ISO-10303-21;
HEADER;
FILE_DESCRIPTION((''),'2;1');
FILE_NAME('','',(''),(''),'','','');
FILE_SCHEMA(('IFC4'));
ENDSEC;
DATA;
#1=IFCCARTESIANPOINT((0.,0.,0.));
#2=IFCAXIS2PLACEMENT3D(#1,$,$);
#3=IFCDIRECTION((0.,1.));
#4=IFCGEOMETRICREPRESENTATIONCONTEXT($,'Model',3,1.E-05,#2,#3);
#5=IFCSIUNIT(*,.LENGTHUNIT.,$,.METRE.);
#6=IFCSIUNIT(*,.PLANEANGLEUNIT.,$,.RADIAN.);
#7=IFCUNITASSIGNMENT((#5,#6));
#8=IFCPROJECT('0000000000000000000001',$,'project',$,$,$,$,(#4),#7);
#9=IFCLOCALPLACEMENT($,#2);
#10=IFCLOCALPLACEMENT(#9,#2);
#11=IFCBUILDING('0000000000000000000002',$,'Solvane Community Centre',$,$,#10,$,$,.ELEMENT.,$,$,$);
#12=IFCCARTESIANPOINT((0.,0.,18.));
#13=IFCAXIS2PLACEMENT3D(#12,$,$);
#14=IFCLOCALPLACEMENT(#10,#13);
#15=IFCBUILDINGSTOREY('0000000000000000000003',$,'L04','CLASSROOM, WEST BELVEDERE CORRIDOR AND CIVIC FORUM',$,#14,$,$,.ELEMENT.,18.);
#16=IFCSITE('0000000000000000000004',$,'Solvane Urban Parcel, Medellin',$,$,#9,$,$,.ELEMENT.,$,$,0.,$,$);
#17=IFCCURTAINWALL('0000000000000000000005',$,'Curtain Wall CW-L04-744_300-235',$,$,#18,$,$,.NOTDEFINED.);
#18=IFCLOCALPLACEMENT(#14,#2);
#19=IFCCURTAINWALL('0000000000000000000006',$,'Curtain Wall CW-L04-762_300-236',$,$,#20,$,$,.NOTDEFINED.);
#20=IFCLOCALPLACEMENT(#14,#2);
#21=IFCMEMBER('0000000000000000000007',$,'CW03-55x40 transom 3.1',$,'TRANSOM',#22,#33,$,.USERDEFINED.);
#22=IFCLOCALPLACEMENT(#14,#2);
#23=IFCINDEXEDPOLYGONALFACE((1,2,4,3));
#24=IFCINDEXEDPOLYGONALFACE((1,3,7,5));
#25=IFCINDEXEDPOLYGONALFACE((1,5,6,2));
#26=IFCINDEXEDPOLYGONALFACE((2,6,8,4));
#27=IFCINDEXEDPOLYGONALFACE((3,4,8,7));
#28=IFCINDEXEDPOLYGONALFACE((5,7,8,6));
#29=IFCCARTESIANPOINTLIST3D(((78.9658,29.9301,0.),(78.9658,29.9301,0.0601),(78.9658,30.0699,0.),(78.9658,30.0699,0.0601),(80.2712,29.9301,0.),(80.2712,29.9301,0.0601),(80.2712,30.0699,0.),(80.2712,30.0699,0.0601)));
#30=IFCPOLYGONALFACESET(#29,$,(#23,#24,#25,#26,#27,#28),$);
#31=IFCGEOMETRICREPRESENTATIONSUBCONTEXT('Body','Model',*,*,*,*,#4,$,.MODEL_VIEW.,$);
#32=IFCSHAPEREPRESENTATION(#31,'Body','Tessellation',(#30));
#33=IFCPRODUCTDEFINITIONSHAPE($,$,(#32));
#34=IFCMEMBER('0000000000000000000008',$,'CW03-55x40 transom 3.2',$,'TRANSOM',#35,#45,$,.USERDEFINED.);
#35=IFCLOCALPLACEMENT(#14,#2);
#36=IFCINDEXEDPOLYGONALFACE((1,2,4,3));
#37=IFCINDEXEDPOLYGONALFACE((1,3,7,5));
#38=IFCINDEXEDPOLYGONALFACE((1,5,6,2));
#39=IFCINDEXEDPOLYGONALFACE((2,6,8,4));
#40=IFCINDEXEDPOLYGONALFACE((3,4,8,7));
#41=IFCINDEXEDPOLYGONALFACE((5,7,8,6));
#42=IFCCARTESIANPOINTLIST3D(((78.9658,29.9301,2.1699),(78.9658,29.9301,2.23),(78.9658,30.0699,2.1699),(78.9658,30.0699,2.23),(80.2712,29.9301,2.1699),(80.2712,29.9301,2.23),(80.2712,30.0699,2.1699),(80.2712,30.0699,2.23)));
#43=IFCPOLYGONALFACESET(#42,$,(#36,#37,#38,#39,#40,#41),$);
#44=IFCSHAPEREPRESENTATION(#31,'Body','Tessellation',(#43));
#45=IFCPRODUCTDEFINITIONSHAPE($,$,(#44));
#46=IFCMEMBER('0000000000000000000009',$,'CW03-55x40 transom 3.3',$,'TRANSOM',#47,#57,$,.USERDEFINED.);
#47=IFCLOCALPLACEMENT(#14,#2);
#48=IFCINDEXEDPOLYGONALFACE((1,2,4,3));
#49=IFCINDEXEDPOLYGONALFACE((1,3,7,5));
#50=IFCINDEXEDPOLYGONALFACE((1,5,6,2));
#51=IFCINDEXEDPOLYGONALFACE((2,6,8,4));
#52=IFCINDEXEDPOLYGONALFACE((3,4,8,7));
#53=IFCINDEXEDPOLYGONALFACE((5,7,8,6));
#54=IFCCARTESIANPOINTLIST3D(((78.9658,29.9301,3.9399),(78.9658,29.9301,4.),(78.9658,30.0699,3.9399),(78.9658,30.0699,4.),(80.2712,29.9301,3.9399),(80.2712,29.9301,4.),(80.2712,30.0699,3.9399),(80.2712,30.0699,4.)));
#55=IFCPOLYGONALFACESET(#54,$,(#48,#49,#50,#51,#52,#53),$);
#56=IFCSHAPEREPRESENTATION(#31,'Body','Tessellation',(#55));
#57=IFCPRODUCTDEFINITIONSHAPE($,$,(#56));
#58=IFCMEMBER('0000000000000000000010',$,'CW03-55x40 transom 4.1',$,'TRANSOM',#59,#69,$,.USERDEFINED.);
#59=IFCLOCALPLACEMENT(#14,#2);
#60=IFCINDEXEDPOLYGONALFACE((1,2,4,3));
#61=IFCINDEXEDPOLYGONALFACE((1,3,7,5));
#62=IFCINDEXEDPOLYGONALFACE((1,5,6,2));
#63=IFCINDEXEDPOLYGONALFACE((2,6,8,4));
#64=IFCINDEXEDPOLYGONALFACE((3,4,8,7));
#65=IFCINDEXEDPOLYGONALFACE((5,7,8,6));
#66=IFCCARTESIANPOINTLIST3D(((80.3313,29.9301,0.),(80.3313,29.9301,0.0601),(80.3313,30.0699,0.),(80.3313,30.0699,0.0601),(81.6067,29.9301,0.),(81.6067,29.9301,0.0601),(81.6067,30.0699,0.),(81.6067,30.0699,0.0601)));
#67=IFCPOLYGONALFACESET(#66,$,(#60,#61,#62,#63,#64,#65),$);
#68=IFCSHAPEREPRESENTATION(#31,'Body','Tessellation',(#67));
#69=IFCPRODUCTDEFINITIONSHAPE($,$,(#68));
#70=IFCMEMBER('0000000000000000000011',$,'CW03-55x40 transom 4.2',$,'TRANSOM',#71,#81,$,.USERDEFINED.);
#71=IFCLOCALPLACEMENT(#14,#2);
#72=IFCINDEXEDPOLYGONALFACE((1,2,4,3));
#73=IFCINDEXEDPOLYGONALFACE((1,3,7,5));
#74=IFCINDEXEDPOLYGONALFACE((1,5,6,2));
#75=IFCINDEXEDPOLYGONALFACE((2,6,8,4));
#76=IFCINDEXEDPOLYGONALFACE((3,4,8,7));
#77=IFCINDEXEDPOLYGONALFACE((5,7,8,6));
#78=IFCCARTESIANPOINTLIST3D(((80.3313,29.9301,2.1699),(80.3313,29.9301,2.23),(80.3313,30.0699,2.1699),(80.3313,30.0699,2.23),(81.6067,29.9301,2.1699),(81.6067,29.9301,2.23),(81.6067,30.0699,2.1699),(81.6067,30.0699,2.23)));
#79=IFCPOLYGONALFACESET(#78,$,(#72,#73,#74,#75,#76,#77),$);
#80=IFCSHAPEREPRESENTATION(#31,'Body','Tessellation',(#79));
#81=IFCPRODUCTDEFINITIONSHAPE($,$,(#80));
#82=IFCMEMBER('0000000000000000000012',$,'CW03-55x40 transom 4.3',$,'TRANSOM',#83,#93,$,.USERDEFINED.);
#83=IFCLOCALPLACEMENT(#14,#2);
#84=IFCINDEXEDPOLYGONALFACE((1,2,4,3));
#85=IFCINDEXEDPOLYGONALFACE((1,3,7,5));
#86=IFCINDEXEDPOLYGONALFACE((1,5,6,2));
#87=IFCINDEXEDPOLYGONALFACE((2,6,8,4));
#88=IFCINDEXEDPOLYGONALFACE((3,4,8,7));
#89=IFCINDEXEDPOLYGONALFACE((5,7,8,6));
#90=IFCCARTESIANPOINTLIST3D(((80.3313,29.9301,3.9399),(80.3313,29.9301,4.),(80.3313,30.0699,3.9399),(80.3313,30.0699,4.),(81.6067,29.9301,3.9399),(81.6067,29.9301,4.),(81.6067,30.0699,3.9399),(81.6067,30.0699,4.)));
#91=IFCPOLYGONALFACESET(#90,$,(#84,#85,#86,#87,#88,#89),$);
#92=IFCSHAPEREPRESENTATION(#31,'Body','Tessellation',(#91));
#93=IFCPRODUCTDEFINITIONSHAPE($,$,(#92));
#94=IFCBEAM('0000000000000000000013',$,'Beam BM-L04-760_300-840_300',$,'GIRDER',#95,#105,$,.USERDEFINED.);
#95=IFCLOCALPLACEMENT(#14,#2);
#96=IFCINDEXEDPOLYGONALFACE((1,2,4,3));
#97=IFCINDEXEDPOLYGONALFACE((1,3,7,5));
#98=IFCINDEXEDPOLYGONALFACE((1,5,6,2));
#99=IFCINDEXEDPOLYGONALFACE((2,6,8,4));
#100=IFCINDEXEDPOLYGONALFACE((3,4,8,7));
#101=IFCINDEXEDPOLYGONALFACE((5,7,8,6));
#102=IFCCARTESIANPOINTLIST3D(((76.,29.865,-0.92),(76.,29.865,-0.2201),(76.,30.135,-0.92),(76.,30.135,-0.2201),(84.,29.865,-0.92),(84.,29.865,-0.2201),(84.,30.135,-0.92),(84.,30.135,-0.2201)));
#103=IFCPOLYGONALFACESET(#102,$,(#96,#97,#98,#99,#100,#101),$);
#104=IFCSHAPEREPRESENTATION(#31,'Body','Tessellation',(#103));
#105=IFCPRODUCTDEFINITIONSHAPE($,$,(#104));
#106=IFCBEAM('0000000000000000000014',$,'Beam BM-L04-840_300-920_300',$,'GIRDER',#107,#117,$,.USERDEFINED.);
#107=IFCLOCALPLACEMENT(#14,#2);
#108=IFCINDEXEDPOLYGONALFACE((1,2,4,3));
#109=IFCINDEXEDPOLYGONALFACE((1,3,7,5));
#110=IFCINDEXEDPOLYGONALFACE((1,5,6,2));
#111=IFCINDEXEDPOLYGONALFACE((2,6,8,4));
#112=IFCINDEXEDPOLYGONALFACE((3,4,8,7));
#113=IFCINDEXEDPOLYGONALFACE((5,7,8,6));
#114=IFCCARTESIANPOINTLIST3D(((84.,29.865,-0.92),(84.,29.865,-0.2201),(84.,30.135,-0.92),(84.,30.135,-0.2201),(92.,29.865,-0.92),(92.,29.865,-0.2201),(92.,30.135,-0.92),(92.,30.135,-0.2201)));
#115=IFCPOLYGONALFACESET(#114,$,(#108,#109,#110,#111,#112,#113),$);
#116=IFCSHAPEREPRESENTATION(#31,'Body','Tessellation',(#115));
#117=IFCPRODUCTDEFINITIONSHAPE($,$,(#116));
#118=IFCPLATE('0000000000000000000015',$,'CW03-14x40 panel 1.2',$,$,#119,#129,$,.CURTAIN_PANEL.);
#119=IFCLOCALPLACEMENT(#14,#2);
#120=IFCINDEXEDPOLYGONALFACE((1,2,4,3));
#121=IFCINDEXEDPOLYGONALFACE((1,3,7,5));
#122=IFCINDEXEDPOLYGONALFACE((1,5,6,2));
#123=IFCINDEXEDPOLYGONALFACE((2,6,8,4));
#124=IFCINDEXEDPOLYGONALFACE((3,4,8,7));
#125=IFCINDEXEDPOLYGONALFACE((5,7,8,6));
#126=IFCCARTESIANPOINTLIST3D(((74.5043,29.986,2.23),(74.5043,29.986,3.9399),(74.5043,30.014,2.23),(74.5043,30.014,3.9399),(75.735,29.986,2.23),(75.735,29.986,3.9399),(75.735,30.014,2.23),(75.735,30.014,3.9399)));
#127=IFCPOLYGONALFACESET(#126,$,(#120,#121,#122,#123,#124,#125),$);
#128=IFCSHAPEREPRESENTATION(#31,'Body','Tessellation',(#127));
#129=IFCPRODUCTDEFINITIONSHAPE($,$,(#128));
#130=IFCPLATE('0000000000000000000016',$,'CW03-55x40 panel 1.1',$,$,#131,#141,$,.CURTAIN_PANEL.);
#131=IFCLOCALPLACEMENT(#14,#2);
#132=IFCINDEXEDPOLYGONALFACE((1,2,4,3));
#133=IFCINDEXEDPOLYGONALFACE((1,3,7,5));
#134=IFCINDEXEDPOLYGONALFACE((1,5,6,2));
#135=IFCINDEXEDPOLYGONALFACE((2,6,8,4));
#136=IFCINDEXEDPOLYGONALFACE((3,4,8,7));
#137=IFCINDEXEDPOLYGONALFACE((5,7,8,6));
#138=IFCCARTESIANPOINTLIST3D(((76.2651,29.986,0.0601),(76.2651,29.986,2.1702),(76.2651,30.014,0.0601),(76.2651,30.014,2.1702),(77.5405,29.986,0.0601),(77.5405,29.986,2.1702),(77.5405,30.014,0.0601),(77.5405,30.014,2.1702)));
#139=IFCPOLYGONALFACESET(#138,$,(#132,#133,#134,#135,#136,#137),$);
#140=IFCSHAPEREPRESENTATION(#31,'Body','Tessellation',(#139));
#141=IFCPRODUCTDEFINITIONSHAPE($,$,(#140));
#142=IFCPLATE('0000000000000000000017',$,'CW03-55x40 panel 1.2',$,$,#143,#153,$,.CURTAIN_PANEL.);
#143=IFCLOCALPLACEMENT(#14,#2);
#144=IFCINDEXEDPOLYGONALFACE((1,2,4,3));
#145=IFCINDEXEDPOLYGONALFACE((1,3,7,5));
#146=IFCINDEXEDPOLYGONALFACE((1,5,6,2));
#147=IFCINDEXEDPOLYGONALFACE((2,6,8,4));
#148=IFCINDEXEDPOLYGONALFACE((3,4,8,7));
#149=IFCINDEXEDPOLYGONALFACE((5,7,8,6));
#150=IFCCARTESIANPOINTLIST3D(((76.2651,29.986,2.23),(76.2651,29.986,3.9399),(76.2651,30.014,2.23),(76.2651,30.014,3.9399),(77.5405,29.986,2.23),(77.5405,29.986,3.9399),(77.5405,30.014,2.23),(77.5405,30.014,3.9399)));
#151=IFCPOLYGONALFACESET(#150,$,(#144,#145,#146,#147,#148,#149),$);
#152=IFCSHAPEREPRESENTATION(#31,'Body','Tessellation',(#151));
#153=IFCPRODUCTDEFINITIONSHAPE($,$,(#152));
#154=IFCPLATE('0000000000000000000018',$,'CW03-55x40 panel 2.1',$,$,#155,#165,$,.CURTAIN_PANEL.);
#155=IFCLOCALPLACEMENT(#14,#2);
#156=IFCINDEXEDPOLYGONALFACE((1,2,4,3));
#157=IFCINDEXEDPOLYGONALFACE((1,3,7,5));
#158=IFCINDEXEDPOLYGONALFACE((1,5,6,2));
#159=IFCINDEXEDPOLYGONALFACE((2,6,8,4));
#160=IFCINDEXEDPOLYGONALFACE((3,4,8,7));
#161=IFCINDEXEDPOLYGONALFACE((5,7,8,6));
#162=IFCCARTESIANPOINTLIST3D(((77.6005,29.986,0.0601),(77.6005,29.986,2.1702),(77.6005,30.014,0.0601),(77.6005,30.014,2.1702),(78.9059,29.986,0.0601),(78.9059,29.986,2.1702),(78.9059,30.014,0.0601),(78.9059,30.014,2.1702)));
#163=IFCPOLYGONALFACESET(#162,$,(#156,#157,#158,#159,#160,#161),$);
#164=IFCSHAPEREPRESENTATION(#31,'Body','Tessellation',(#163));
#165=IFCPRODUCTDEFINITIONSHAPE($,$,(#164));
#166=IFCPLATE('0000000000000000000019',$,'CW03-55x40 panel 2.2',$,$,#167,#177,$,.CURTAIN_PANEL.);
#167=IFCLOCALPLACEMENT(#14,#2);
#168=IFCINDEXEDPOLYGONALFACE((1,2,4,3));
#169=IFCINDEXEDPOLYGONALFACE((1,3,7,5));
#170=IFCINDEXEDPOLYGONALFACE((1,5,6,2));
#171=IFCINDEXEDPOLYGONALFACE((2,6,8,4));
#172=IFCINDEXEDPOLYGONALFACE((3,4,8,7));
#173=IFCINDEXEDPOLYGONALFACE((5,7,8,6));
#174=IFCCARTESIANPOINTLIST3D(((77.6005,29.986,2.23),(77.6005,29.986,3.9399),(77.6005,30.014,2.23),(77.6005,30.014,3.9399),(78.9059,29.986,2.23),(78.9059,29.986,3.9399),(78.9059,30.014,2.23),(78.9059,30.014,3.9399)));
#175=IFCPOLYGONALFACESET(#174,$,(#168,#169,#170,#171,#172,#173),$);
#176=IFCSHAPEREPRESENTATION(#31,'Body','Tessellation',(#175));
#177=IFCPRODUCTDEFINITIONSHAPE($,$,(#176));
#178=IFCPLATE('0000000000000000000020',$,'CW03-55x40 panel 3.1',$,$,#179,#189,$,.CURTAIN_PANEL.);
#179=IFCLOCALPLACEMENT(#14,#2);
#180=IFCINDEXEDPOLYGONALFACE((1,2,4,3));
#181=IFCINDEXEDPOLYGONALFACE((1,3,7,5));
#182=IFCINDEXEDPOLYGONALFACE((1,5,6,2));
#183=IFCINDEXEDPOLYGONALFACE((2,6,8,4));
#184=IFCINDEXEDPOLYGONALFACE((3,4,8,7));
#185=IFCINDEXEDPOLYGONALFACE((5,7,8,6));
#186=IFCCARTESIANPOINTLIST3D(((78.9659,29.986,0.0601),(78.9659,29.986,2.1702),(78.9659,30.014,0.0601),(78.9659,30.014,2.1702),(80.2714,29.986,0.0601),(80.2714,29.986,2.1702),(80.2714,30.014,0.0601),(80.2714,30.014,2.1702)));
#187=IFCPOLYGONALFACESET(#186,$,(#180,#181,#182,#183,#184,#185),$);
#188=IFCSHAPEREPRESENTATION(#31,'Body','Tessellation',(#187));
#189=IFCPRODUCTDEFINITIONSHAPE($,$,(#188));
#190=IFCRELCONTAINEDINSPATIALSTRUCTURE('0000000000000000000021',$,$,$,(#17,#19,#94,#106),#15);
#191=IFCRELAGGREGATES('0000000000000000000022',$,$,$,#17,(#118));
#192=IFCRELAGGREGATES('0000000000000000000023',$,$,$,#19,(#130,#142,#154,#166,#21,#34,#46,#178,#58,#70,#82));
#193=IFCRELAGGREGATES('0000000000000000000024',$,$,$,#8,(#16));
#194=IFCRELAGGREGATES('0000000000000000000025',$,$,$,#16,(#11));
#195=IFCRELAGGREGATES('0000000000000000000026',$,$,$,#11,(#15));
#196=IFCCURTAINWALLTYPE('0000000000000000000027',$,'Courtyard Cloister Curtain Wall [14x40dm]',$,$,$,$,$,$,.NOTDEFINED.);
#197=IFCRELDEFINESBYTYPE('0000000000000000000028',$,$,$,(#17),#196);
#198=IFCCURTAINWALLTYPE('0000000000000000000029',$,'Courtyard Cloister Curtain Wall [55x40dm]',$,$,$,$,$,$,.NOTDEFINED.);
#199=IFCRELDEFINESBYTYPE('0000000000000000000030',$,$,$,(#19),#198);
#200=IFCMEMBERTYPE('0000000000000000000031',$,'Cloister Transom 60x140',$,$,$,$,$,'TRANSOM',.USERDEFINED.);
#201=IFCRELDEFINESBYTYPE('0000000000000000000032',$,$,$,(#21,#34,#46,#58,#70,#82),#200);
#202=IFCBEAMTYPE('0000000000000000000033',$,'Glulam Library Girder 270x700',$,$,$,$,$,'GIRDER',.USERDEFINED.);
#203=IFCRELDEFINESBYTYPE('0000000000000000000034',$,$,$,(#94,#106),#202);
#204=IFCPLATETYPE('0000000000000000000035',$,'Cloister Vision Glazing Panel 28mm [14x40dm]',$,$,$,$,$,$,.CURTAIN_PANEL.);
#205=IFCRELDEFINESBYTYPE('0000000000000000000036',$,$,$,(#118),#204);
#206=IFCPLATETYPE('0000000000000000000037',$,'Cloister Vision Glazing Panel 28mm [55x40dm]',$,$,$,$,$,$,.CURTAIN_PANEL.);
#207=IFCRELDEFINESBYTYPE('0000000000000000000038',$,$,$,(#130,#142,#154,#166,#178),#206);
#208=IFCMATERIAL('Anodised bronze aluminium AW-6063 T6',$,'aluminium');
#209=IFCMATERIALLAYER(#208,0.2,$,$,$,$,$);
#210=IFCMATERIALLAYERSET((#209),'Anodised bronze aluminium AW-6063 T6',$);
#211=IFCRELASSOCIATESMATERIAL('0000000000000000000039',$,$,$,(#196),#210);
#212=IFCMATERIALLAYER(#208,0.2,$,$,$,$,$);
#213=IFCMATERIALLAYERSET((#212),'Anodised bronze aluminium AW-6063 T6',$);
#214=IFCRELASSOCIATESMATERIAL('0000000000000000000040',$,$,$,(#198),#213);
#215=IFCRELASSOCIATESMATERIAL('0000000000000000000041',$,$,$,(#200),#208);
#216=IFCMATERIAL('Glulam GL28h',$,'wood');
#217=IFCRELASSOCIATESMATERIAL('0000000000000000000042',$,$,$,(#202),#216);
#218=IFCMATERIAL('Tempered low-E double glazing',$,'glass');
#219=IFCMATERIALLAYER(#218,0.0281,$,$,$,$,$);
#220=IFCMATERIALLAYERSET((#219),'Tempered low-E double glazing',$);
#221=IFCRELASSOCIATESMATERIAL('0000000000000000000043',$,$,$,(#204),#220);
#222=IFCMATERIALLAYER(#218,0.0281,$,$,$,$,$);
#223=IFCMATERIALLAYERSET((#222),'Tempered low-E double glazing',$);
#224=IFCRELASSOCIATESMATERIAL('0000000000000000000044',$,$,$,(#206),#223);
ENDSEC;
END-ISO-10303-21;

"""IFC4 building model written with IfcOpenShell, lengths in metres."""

from ifc_helpers import new_model, si_unit, direction, frame, origin, origin_2d, place, context, subcontext, project, spatial, rectangle, extrude, material, layer, layer_set, material_profile, profile_set, type_object, element, aggregate, save


model = new_model("IFC4")

# Units and contexts
model_context = context("Model", 3, precision=1e-05, world=origin(), true_north=direction((0.0, 1.0)))
body_context = subcontext(model_context, "Body", "Model", "MODEL_VIEW")
ifc_project = project(units=[si_unit("LENGTHUNIT", "METRE"), si_unit("PLANEANGLEUNIT", "RADIAN")], contexts=[model_context])

# Site, building, storey
site_placement = place(None, origin())
site = spatial("IfcSite", under=ifc_project, at=site_placement, Name="Solvane Urban Parcel, Medellin", CompositionType="ELEMENT", RefElevation=0.0)
building_placement = place(site_placement, origin())
building = spatial("IfcBuilding", under=site, at=building_placement, Name="Solvane Community Centre", CompositionType="ELEMENT")
storey_placement = place(building_placement, frame((0.0, 0.0, 18.0)))
storey = spatial("IfcBuildingStorey", under=building, at=storey_placement, Name="L04", Description="CLASSROOM, WEST BELVEDERE CORRIDOR AND CIVIC FORUM", CompositionType="ELEMENT", Elevation=18.0)

# Curtain wall
ifc_material_1 = material(Name="Anodised bronze aluminium AW-6063 T6", Category="aluminium")
ifc_layer_1 = layer(ifc_material_1, 0.2)
ifc_layer_set_1 = layer_set([ifc_layer_1], Name="Anodised bronze aluminium AW-6063 T6")
curtain_wall_type_1 = type_object("IfcCurtainWallType", Name="Courtyard Cloister Curtain Wall [14x40dm]", PredefinedType="NOTDEFINED", material=ifc_layer_set_1)
curtain_wall_1_placement = place(storey_placement, origin())
curtain_wall_1 = element("IfcCurtainWall", 1, at=curtain_wall_1_placement, inside=storey, type_object=curtain_wall_type_1, Name="Curtain Wall CW-L04-744_300-235", PredefinedType="NOTDEFINED")

# Curtain wall, members
ifc_layer_2 = layer(ifc_material_1, 0.2)
ifc_layer_set_2 = layer_set([ifc_layer_2], Name="Anodised bronze aluminium AW-6063 T6")
curtain_wall_type_2 = type_object("IfcCurtainWallType", Name="Courtyard Cloister Curtain Wall [55x40dm]", PredefinedType="NOTDEFINED", material=ifc_layer_set_2)
curtain_wall_2_placement = place(storey_placement, origin())
curtain_wall_2 = element("IfcCurtainWall", 2, at=curtain_wall_2_placement, inside=storey, type_object=curtain_wall_type_2, Name="Curtain Wall CW-L04-762_300-236", PredefinedType="NOTDEFINED")
ifc_material_profile_1 = material_profile(ifc_material_1, rectangle(XDim=0.1399, YDim=0.0601, at=origin_2d()), Name="CW-T 60x140")
ifc_profile_set_1 = profile_set([ifc_material_profile_1], Name="Anodised bronze aluminium AW-6063 T6")
member_type_1 = type_object("IfcMemberType", Name="Cloister Transom 60x140", ElementType="TRANSOM", PredefinedType="USERDEFINED", material=ifc_profile_set_1)
member_1_placement = place(storey_placement, frame((78.9658, 30.0, 0.03), z_axis=(1.0, 0.0, 0.0), x_axis=(0.0, 1.0, 0.0)))
member_1 = element("IfcMember", 3, at=member_1_placement, type_object=member_type_1, Name="CW03-55x40 transom 3.1", ObjectType="TRANSOM", PredefinedType="USERDEFINED", context=body_context, shape_type="SweptSolid", body=[
    extrude(rectangle(XDim=0.1399, YDim=0.0601, at=origin_2d()), origin(), (0.0, 0.0, 1.0), 1.3054),
])
member_2_placement = place(storey_placement, frame((78.9658, 30.0, 2.2), z_axis=(1.0, 0.0, 0.0), x_axis=(0.0, 1.0, 0.0)))
member_2 = element("IfcMember", 4, at=member_2_placement, type_object=member_type_1, Name="CW03-55x40 transom 3.2", ObjectType="TRANSOM", PredefinedType="USERDEFINED", context=body_context, shape_type="SweptSolid", body=[
    extrude(rectangle(XDim=0.1399, YDim=0.0601, at=origin_2d()), origin(), (0.0, 0.0, 1.0), 1.3054),
])
member_3_placement = place(storey_placement, frame((78.9658, 30.0, 3.97), z_axis=(1.0, 0.0, 0.0), x_axis=(0.0, 1.0, 0.0)))
member_3 = element("IfcMember", 5, at=member_3_placement, type_object=member_type_1, Name="CW03-55x40 transom 3.3", ObjectType="TRANSOM", PredefinedType="USERDEFINED", context=body_context, shape_type="SweptSolid", body=[
    extrude(rectangle(XDim=0.1399, YDim=0.0601, at=origin_2d()), origin(), (0.0, 0.0, 1.0), 1.3054),
])
member_4_placement = place(storey_placement, frame((80.3313, 30.0, 0.03), z_axis=(1.0, 0.0, 0.0), x_axis=(0.0, 1.0, 0.0)))
member_4 = element("IfcMember", 6, at=member_4_placement, type_object=member_type_1, Name="CW03-55x40 transom 4.1", ObjectType="TRANSOM", PredefinedType="USERDEFINED", context=body_context, shape_type="SweptSolid", body=[
    extrude(rectangle(XDim=0.1399, YDim=0.0601, at=origin_2d()), origin(), (0.0, 0.0, 1.0), 1.2754),
])
member_5_placement = place(storey_placement, frame((80.3313, 30.0, 2.2), z_axis=(1.0, 0.0, 0.0), x_axis=(0.0, 1.0, 0.0)))
member_5 = element("IfcMember", 7, at=member_5_placement, type_object=member_type_1, Name="CW03-55x40 transom 4.2", ObjectType="TRANSOM", PredefinedType="USERDEFINED", context=body_context, shape_type="SweptSolid", body=[
    extrude(rectangle(XDim=0.1399, YDim=0.0601, at=origin_2d()), origin(), (0.0, 0.0, 1.0), 1.2754),
])
member_6_placement = place(storey_placement, frame((80.3313, 30.0, 3.97), z_axis=(1.0, 0.0, 0.0), x_axis=(0.0, 1.0, 0.0)))
member_6 = element("IfcMember", 8, at=member_6_placement, type_object=member_type_1, Name="CW03-55x40 transom 4.3", ObjectType="TRANSOM", PredefinedType="USERDEFINED", context=body_context, shape_type="SweptSolid", body=[
    extrude(rectangle(XDim=0.1399, YDim=0.0601, at=origin_2d()), origin(), (0.0, 0.0, 1.0), 1.2754),
])

# Beams
ifc_material_2 = material(Name="Glulam GL28h", Category="wood")
ifc_material_profile_2 = material_profile(ifc_material_2, rectangle(XDim=0.27, YDim=0.7, at=origin_2d()), Name="GL28h 270x700")
ifc_profile_set_2 = profile_set([ifc_material_profile_2], Name="Glulam GL28h")
beam_type = type_object("IfcBeamType", Name="Glulam Library Girder 270x700", ElementType="GIRDER", PredefinedType="USERDEFINED", material=ifc_profile_set_2)
for number, where, z_axis, x_axis, name in (
    (9, (76.0, 30.0, -0.5701), (1.0, 0.0, 0.0), (0.0, 1.0, 0.0), "Beam BM-L04-760_300-840_300"),
    (10, (84.0, 30.0, -0.5701), (1.0, 0.0, 0.0), (0.0, 1.0, 0.0), "Beam BM-L04-840_300-920_300"),
):
    element("IfcBeam", number, at=place(storey_placement, frame(where, z_axis=z_axis, x_axis=x_axis)), inside=storey, type_object=beam_type, Name=name, ObjectType="GIRDER", PredefinedType="USERDEFINED", context=body_context, shape_type="SweptSolid", body=[
        extrude(rectangle(XDim=0.27, YDim=0.7, at=origin_2d()), origin(), (0.0, 0.0, 1.0), 8.0),
    ])

# Plates
ifc_material_3 = material(Name="Tempered low-E double glazing", Category="glass")
ifc_layer_3 = layer(ifc_material_3, 0.0281)
ifc_layer_set_3 = layer_set([ifc_layer_3], Name="Tempered low-E double glazing")
plate_type_1 = type_object("IfcPlateType", Name="Cloister Vision Glazing Panel 28mm [14x40dm]", PredefinedType="CURTAIN_PANEL", material=ifc_layer_set_3)
plate_1_placement = place(storey_placement, frame((75.1196, 30.0, 2.23), z_axis=(0.0, 0.0, 1.0), x_axis=(1.0, 0.0, 0.0)))
plate_1 = element("IfcPlate", 11, at=plate_1_placement, type_object=plate_type_1, Name="CW03-14x40 panel 1.2", PredefinedType="CURTAIN_PANEL", context=body_context, shape_type="SweptSolid", body=[
    extrude(rectangle(XDim=1.2307, YDim=0.0281, at=origin_2d()), origin(), (0.0, 0.0, 1.0), 1.71),
])
aggregate(curtain_wall_1, [plate_1])
ifc_layer_4 = layer(ifc_material_3, 0.0281)
ifc_layer_set_4 = layer_set([ifc_layer_4], Name="Tempered low-E double glazing")
plate_type_2 = type_object("IfcPlateType", Name="Cloister Vision Glazing Panel 28mm [55x40dm]", PredefinedType="CURTAIN_PANEL", material=ifc_layer_set_4)
plate_2_placement = place(storey_placement, frame((76.9028, 30.0, 0.0601), z_axis=(0.0, 0.0, 1.0), x_axis=(1.0, 0.0, 0.0)))
plate_2 = element("IfcPlate", 12, at=plate_2_placement, type_object=plate_type_2, Name="CW03-55x40 panel 1.1", PredefinedType="CURTAIN_PANEL", context=body_context, shape_type="SweptSolid", body=[
    extrude(rectangle(XDim=1.2754, YDim=0.0281, at=origin_2d()), origin(), (0.0, 0.0, 1.0), 2.1101),
])
plate_3_placement = place(storey_placement, frame((76.9028, 30.0, 2.23), z_axis=(0.0, 0.0, 1.0), x_axis=(1.0, 0.0, 0.0)))
plate_3 = element("IfcPlate", 13, at=plate_3_placement, type_object=plate_type_2, Name="CW03-55x40 panel 1.2", PredefinedType="CURTAIN_PANEL", context=body_context, shape_type="SweptSolid", body=[
    extrude(rectangle(XDim=1.2754, YDim=0.0281, at=origin_2d()), origin(), (0.0, 0.0, 1.0), 1.71),
])
plate_4_placement = place(storey_placement, frame((78.2532, 30.0, 0.0601), z_axis=(0.0, 0.0, 1.0), x_axis=(1.0, 0.0, 0.0)))
plate_4 = element("IfcPlate", 14, at=plate_4_placement, type_object=plate_type_2, Name="CW03-55x40 panel 2.1", PredefinedType="CURTAIN_PANEL", context=body_context, shape_type="SweptSolid", body=[
    extrude(rectangle(XDim=1.3054, YDim=0.0281, at=origin_2d()), origin(), (0.0, 0.0, 1.0), 2.1101),
])
plate_5_placement = place(storey_placement, frame((78.2532, 30.0, 2.23), z_axis=(0.0, 0.0, 1.0), x_axis=(1.0, 0.0, 0.0)))
plate_5 = element("IfcPlate", 15, at=plate_5_placement, type_object=plate_type_2, Name="CW03-55x40 panel 2.2", PredefinedType="CURTAIN_PANEL", context=body_context, shape_type="SweptSolid", body=[
    extrude(rectangle(XDim=1.3054, YDim=0.0281, at=origin_2d()), origin(), (0.0, 0.0, 1.0), 1.71),
])
plate_6_placement = place(storey_placement, frame((79.6187, 30.0, 0.0601), z_axis=(0.0, 0.0, 1.0), x_axis=(1.0, 0.0, 0.0)))
plate_6 = element("IfcPlate", 16, at=plate_6_placement, type_object=plate_type_2, Name="CW03-55x40 panel 3.1", PredefinedType="CURTAIN_PANEL", context=body_context, shape_type="SweptSolid", body=[
    extrude(rectangle(XDim=1.3054, YDim=0.0281, at=origin_2d()), origin(), (0.0, 0.0, 1.0), 2.1101),
])
aggregate(curtain_wall_2, [plate_2, plate_3, plate_4, plate_5, member_1, member_2, member_3, plate_6, member_4, member_5, member_6])

save(model, "model.ifc")
